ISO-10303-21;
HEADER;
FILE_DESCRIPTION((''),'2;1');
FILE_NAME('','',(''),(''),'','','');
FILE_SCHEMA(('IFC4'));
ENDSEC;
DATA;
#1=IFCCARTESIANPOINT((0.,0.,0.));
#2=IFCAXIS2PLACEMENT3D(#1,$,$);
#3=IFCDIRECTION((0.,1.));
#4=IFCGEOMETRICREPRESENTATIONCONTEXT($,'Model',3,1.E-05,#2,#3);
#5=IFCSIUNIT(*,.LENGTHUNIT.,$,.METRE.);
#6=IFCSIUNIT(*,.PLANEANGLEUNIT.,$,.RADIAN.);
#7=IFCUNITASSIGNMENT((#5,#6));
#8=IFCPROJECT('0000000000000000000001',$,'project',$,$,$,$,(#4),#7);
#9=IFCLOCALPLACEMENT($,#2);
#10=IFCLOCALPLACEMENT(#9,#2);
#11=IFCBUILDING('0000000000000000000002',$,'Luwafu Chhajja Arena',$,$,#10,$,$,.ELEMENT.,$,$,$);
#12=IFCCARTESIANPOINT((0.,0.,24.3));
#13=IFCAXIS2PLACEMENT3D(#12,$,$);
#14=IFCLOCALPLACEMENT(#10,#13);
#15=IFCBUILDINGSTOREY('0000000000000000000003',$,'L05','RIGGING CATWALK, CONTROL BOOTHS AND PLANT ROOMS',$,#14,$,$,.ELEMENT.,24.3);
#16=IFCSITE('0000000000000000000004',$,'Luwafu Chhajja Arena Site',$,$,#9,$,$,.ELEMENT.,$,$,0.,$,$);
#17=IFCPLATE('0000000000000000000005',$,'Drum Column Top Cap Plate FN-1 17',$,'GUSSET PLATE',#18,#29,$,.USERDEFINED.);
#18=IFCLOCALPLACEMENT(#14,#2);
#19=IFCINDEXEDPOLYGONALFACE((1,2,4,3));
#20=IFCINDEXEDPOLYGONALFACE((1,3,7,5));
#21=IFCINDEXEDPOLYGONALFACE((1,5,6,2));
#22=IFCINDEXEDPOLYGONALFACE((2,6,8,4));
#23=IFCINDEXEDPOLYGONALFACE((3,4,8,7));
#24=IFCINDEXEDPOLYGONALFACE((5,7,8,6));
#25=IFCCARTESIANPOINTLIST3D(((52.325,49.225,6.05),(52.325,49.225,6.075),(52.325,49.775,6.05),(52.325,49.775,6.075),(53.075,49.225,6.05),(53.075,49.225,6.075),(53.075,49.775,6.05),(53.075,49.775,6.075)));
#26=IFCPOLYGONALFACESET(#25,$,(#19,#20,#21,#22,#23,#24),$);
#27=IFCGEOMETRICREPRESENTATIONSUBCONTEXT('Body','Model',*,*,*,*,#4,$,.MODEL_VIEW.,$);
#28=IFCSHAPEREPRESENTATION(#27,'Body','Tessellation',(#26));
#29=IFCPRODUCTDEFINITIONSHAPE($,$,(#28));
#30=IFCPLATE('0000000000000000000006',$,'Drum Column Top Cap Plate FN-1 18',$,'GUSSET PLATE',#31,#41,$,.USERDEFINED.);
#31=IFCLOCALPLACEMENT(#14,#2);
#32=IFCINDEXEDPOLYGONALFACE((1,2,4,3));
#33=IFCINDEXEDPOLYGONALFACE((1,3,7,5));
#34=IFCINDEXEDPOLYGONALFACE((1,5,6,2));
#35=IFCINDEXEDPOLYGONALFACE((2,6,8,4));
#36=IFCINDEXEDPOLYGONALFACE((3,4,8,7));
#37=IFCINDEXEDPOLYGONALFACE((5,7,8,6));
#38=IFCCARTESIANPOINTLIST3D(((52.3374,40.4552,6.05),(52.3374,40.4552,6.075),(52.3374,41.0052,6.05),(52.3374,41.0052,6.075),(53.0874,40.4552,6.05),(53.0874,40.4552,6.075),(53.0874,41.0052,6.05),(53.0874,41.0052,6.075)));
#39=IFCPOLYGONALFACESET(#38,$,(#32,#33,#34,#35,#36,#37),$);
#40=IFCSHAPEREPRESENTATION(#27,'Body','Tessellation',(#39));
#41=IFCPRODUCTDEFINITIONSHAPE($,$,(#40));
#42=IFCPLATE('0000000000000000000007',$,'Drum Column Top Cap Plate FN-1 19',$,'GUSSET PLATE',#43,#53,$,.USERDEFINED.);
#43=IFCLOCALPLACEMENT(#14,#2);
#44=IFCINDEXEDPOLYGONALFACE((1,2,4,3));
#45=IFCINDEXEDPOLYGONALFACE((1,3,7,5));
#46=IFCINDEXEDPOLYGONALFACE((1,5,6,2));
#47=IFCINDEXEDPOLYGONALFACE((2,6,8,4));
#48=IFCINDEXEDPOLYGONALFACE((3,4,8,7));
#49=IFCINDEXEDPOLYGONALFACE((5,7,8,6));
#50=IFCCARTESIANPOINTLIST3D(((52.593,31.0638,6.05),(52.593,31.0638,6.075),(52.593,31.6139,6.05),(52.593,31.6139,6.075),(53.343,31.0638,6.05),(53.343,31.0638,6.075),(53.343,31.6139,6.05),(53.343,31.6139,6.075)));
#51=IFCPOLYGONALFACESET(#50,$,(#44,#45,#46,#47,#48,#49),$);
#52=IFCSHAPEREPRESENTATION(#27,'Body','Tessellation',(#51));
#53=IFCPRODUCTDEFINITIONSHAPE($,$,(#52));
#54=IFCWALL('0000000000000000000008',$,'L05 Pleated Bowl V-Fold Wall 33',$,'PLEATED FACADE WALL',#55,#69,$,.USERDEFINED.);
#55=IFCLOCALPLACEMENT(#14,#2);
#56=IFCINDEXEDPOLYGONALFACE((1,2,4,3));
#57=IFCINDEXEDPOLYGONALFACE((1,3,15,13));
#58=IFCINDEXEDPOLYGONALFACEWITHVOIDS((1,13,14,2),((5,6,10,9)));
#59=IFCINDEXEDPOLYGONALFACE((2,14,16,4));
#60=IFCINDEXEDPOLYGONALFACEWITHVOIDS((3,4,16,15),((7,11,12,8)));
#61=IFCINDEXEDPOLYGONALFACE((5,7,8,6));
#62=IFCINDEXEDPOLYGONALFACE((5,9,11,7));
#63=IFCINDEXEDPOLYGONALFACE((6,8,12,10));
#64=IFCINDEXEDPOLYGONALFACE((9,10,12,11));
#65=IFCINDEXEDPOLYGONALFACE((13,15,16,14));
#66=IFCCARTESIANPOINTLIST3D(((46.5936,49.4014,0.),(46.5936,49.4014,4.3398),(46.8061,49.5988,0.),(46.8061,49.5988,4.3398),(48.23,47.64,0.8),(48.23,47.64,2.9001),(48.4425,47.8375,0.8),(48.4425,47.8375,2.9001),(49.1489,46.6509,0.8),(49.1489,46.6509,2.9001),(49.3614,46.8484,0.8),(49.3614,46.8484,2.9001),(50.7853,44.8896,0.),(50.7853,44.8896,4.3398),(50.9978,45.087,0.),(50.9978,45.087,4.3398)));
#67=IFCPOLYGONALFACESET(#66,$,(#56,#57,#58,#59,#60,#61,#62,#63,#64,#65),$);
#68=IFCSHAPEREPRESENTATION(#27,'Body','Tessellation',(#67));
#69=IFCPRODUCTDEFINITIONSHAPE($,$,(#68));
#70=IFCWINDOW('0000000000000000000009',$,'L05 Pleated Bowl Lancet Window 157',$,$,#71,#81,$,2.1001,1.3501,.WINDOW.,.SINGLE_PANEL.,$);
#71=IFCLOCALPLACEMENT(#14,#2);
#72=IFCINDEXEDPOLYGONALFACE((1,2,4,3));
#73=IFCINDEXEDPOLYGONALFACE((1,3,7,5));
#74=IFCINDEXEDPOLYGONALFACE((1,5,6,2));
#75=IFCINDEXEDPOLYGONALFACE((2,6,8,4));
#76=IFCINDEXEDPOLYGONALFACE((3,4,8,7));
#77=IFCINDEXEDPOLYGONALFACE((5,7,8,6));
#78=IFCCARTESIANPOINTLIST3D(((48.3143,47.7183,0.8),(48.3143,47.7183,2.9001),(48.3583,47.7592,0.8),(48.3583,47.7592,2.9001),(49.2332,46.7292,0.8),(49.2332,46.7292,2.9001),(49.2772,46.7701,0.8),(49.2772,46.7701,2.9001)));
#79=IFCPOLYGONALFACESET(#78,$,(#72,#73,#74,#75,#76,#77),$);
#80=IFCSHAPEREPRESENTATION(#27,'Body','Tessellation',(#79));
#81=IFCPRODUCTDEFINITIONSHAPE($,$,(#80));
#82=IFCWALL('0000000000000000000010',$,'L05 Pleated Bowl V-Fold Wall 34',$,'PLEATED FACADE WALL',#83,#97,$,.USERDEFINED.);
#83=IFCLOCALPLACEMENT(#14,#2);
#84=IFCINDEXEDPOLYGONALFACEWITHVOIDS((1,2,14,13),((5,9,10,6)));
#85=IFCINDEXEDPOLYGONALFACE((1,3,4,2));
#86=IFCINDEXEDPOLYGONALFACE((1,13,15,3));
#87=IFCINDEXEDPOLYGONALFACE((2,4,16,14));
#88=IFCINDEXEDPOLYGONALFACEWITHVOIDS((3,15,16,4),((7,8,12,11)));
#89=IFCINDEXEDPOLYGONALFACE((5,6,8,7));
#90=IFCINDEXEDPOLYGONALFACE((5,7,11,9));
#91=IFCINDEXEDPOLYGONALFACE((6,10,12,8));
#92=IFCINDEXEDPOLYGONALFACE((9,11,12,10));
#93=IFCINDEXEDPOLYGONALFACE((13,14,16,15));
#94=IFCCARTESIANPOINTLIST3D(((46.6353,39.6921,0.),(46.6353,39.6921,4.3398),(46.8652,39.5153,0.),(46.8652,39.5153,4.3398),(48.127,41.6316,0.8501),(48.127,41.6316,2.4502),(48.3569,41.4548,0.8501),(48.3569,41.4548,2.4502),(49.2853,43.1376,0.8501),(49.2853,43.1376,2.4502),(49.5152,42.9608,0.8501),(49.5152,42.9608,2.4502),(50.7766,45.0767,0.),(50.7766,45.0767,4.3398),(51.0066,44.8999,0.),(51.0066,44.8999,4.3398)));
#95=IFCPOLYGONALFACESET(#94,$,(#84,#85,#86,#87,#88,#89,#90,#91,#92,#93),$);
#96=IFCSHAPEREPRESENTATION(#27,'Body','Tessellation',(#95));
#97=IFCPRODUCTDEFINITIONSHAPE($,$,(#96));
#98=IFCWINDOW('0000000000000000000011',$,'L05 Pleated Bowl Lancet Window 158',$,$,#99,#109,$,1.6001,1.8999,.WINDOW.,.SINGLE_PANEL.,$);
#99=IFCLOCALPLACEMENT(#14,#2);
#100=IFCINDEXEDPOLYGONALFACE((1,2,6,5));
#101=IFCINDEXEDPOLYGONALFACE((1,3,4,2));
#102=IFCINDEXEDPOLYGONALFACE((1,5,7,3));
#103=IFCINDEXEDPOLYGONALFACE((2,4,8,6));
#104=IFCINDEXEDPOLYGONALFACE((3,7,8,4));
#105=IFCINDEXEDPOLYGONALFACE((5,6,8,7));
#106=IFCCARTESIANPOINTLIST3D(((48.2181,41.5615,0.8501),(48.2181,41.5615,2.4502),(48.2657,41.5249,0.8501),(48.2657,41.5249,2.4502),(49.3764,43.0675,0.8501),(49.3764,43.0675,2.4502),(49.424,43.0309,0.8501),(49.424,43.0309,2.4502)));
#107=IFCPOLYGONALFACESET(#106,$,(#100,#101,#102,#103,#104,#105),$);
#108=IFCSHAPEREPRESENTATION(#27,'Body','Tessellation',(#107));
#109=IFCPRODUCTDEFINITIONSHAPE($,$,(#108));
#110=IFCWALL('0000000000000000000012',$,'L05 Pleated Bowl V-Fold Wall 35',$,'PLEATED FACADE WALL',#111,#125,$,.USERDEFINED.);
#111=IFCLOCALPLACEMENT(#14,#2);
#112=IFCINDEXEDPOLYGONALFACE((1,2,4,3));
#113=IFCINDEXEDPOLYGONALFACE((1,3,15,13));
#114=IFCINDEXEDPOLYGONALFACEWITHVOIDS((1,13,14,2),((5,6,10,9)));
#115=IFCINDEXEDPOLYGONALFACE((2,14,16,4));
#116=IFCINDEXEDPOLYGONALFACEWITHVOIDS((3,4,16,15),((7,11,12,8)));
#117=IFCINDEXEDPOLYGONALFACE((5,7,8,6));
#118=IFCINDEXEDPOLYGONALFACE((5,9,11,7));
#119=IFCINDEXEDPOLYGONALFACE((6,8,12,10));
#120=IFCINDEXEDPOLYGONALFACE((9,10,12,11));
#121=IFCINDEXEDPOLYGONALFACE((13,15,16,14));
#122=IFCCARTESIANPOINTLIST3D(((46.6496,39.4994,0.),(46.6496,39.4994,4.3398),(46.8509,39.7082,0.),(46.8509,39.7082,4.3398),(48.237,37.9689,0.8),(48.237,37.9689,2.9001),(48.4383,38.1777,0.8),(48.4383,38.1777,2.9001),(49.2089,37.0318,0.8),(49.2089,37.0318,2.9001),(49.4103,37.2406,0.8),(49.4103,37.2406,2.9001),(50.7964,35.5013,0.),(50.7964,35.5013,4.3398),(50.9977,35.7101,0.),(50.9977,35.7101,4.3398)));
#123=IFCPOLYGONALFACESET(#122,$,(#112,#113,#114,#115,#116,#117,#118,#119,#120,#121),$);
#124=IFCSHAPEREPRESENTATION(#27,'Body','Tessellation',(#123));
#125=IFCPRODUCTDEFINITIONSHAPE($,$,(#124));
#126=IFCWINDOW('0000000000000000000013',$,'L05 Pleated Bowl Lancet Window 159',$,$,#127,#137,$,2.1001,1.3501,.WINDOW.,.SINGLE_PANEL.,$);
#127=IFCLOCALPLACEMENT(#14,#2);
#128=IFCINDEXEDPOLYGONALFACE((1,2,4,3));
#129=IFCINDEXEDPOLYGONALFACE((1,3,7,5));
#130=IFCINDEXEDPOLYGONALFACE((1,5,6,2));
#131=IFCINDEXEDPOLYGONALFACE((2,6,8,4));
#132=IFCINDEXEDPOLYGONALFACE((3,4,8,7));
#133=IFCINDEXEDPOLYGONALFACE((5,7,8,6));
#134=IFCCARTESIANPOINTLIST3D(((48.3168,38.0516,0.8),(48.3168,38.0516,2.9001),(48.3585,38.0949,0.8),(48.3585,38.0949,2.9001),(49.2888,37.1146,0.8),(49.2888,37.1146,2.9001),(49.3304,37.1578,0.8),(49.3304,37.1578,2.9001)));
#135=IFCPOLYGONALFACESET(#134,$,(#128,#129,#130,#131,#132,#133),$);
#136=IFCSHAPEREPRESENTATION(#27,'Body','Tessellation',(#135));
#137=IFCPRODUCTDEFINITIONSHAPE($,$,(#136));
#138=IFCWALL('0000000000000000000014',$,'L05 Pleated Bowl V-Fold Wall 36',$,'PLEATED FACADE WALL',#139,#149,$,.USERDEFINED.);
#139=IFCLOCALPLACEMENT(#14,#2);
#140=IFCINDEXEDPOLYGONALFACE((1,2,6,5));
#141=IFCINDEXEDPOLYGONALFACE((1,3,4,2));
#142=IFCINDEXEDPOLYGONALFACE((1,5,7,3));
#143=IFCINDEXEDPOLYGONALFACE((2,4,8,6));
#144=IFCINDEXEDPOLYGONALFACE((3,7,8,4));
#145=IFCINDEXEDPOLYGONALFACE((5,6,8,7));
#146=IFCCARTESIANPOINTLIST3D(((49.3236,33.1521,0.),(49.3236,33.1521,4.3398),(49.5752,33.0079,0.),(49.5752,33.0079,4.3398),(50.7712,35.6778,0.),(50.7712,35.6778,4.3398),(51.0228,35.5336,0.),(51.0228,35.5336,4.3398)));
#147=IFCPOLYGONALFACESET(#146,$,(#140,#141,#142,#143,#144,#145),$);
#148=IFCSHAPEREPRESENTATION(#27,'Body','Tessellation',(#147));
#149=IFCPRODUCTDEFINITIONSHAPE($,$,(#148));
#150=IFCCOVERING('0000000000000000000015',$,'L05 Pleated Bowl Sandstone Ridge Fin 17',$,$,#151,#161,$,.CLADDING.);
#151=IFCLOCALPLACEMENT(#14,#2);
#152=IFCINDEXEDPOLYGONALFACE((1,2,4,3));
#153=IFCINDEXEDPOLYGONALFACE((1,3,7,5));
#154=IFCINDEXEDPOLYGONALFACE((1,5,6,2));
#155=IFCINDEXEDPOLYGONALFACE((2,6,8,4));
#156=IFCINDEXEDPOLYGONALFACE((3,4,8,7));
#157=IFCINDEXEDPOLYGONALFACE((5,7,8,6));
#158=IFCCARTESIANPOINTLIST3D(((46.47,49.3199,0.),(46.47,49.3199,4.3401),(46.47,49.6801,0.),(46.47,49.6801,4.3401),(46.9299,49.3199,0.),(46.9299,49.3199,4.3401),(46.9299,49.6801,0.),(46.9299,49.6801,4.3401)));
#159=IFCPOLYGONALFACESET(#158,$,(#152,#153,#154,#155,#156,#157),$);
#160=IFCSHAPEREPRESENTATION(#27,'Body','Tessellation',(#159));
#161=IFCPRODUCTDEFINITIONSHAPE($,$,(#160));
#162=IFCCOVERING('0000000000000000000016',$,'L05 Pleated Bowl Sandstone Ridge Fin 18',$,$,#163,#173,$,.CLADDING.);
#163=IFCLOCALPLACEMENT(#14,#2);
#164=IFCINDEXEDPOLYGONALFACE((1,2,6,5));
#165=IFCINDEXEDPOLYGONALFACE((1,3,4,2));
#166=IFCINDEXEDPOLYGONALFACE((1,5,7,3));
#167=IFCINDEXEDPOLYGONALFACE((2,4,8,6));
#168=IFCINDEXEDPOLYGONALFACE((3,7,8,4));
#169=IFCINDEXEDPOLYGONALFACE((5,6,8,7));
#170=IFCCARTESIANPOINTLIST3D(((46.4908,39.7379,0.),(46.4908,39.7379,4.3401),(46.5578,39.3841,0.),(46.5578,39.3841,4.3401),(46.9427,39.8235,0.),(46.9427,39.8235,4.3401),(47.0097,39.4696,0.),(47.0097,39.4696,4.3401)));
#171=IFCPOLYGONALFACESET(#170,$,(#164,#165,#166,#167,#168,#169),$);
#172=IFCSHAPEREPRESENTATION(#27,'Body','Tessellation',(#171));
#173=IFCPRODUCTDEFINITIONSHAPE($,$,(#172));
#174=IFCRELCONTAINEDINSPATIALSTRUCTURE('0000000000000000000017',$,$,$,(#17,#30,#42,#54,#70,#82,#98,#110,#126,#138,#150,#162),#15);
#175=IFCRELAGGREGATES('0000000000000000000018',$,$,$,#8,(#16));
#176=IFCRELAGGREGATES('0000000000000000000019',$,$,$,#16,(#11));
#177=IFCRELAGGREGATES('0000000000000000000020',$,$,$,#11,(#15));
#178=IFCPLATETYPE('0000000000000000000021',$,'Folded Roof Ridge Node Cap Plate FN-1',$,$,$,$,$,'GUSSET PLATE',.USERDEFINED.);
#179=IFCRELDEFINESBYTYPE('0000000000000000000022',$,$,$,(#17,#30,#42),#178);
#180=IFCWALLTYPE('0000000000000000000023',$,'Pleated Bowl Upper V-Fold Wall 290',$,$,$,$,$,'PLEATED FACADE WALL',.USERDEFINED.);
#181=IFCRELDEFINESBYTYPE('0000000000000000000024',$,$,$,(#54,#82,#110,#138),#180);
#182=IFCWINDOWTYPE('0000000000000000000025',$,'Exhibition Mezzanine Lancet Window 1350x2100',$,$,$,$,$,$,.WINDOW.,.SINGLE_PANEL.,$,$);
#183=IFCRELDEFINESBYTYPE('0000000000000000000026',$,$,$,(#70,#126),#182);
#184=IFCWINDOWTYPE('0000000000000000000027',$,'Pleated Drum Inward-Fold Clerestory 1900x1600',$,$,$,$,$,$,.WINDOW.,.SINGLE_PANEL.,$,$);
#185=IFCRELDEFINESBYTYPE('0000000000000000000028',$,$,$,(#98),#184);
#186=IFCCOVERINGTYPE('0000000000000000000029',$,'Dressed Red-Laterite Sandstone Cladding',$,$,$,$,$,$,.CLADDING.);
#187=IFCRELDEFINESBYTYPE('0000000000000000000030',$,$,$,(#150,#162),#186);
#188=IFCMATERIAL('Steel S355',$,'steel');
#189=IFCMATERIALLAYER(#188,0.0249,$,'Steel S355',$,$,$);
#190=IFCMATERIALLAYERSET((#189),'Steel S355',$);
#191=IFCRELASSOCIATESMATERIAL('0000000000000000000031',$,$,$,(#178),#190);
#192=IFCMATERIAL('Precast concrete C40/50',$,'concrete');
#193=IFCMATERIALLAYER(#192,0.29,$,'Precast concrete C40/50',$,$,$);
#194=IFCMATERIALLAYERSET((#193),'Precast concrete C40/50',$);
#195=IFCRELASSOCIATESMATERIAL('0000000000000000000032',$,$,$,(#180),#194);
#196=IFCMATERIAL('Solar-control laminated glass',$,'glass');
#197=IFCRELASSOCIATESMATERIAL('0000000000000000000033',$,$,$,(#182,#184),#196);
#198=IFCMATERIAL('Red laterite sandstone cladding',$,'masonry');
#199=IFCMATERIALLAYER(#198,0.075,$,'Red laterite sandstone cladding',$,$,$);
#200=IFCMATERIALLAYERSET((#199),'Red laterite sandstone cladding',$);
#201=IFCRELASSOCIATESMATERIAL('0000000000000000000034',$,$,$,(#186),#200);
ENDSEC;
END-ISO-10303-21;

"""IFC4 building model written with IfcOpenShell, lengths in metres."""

from ifc_helpers import new_model, si_unit, direction, frame, frame_2d, origin, origin_2d, place, context, subcontext, project, spatial, rectangle, extrude, material, layer, layer_set, type_object, element, fill, save


model = new_model("IFC4")

# Units and contexts
model_context = context("Model", 3, precision=1e-05, world=origin(), true_north=direction((0.0, 1.0)))
body_context = subcontext(model_context, "Body", "Model", "MODEL_VIEW")
ifc_project = project(units=[si_unit("LENGTHUNIT", "METRE"), si_unit("PLANEANGLEUNIT", "RADIAN")], contexts=[model_context])

# Site, building, storey
site_placement = place(None, origin())
site = spatial("IfcSite", under=ifc_project, at=site_placement, Name="Luwafu Chhajja Arena Site", CompositionType="ELEMENT", RefElevation=0.0)
building_placement = place(site_placement, origin())
building = spatial("IfcBuilding", under=site, at=building_placement, Name="Luwafu Chhajja Arena", CompositionType="ELEMENT")
storey_placement = place(building_placement, frame((0.0, 0.0, 24.3)))
storey = spatial("IfcBuildingStorey", under=building, at=storey_placement, Name="L05", Description="RIGGING CATWALK, CONTROL BOOTHS AND PLANT ROOMS", CompositionType="ELEMENT", Elevation=24.3)

# Shared definitions
ifc_material_1 = material(Name="Steel S355", Category="steel")

# Plates
ifc_layer_1 = layer(ifc_material_1, 0.0249, Name="Steel S355")
ifc_layer_set_1 = layer_set([ifc_layer_1], Name="Steel S355")
plate_type = type_object("IfcPlateType", Name="Folded Roof Ridge Node Cap Plate FN-1", ElementType="GUSSET PLATE", PredefinedType="USERDEFINED", material=ifc_layer_set_1)
for number, where, z_axis, x_axis, name in (
    (1, (52.7, 49.5, 6.05), (0.0, 0.0, 1.0), (1.0, 0.0, 0.0), "Drum Column Top Cap Plate FN-1 17"),
    (2, (52.7124, 40.7302, 6.05), (0.0, 0.0, 1.0), (1.0, 0.0, 0.0), "Drum Column Top Cap Plate FN-1 18"),
    (3, (52.968, 31.3389, 6.05), (0.0, 0.0, 1.0), (1.0, 0.0, 0.0), "Drum Column Top Cap Plate FN-1 19"),
):
    element("IfcPlate", number, at=place(storey_placement, frame(where, z_axis=z_axis, x_axis=x_axis)), inside=storey, type_object=plate_type, Name=name, ObjectType="GUSSET PLATE", PredefinedType="USERDEFINED", context=body_context, shape_type="SweptSolid", body=[
        extrude(rectangle(XDim=0.75, YDim=0.55, at=origin_2d()), origin(), (0.0, 0.0, 1.0), 0.0249),
    ])

# Walls, openings, windows
ifc_material_2 = material(Name="Precast concrete C40/50", Category="concrete")
ifc_layer_2 = layer(ifc_material_2, 0.29, Name="Precast concrete C40/50")
ifc_layer_set_2 = layer_set([ifc_layer_2], Name="Precast concrete C40/50")
wall_type = type_object("IfcWallType", Name="Pleated Bowl Upper V-Fold Wall 290", ElementType="PLEATED FACADE WALL", PredefinedType="USERDEFINED", material=ifc_layer_set_2)
wall_1_placement = place(storey_placement, frame((46.7, 49.5, 0.0), z_axis=(0.0, 0.0, 1.0), x_axis=(0.680643, -0.732616, 0.0)))
wall_1 = element("IfcWall", 4, at=wall_1_placement, inside=storey, type_object=wall_type, Name="L05 Pleated Bowl V-Fold Wall 33", ObjectType="PLEATED FACADE WALL", PredefinedType="USERDEFINED", context=body_context, shape_type="SweptSolid", body=[
    extrude(rectangle(XDim=6.1584, YDim=0.29, at=frame_2d((3.0791, 0.0))), origin(), (0.0, 0.0, 1.0), 4.3398),
])
opening_1_placement = place(wall_1_placement, frame((2.4041, 0.0, 0.8)))
opening_1 = element("IfcOpeningElement", 5, at=opening_1_placement, cuts=wall_1, PredefinedType="OPENING", context=body_context, shape_type="SweptSolid", body=[
    extrude(rectangle(XDim=1.3501, YDim=2.1001, at=frame_2d((0.675, 1.05))), frame((0.0, 0.155, 0.0), z_axis=(0.0, -1.0, 0.0), x_axis=(1.0, 0.0, 0.0)), (0.0, 0.0, 1.0), 0.3101),
])
ifc_material_3 = material(Name="Solar-control laminated glass", Category="glass")
window_type_1 = type_object("IfcWindowType", Name="Exhibition Mezzanine Lancet Window 1350x2100", PartitioningType="SINGLE_PANEL", PredefinedType="WINDOW", material=ifc_material_3)
window_1_placement = place(opening_1_placement, origin())
window_1 = element("IfcWindow", 6, at=window_1_placement, inside=storey, type_object=window_type_1, Name="L05 Pleated Bowl Lancet Window 157", OverallHeight=2.1001, OverallWidth=1.3501, PartitioningType="SINGLE_PANEL", PredefinedType="WINDOW", context=body_context, shape_type="SweptSolid", body=[
    extrude(rectangle(XDim=1.3501, YDim=2.1001, at=frame_2d((0.675, 1.05))), frame((0.0, 0.03, 0.0), z_axis=(0.0, -1.0, 0.0), x_axis=(1.0, 0.0, 0.0)), (0.0, 0.0, 1.0), 0.0601),
])
fill(opening_1, window_1)
wall_2_placement = place(storey_placement, frame((50.8916, 44.9883, 0.0), z_axis=(0.0, 0.0, 1.0), x_axis=(-0.609657, -0.792665, 0.0)))
wall_2 = element("IfcWall", 7, at=wall_2_placement, inside=storey, type_object=wall_type, Name="L05 Pleated Bowl V-Fold Wall 34", ObjectType="PLEATED FACADE WALL", PredefinedType="USERDEFINED", context=body_context, shape_type="SweptSolid", body=[
    extrude(rectangle(XDim=6.793, YDim=0.29, at=frame_2d((3.3965, 0.0))), origin(), (0.0, 0.0, 1.0), 4.3398),
])
opening_2_placement = place(wall_2_placement, frame((2.4463, 0.0, 0.8501)))
opening_2 = element("IfcOpeningElement", 8, at=opening_2_placement, cuts=wall_2, PredefinedType="OPENING", context=body_context, shape_type="SweptSolid", body=[
    extrude(rectangle(XDim=1.8999, YDim=1.6001, at=frame_2d((0.95, 0.8))), frame((0.0, 0.155, 0.0), z_axis=(0.0, -1.0, 0.0), x_axis=(1.0, 0.0, 0.0)), (0.0, 0.0, 1.0), 0.3101),
])
window_type_2 = type_object("IfcWindowType", Name="Pleated Drum Inward-Fold Clerestory 1900x1600", PartitioningType="SINGLE_PANEL", PredefinedType="WINDOW", material=ifc_material_3)
window_2_placement = place(opening_2_placement, origin())
window_2 = element("IfcWindow", 9, at=window_2_placement, inside=storey, type_object=window_type_2, Name="L05 Pleated Bowl Lancet Window 158", OverallHeight=1.6001, OverallWidth=1.8999, PartitioningType="SINGLE_PANEL", PredefinedType="WINDOW", context=body_context, shape_type="SweptSolid", body=[
    extrude(rectangle(XDim=1.8999, YDim=1.6001, at=frame_2d((0.95, 0.8))), frame((0.0, 0.03, 0.0), z_axis=(0.0, -1.0, 0.0), x_axis=(1.0, 0.0, 0.0)), (0.0, 0.0, 1.0), 0.0601),
])
fill(opening_2, window_2)
wall_3_placement = place(storey_placement, frame((46.7502, 39.6038, 0.0), z_axis=(0.0, 0.0, 1.0), x_axis=(0.719895, -0.694083, 0.0)))
wall_3 = element("IfcWall", 10, at=wall_3_placement, inside=storey, type_object=wall_type, Name="L05 Pleated Bowl V-Fold Wall 35", ObjectType="PLEATED FACADE WALL", PredefinedType="USERDEFINED", context=body_context, shape_type="SweptSolid", body=[
    extrude(rectangle(XDim=5.7603, YDim=0.29, at=frame_2d((2.8801, 0.0))), origin(), (0.0, 0.0, 1.0), 4.3398),
])
opening_3_placement = place(wall_3_placement, frame((2.2051, 0.0, 0.8)))
opening_3 = element("IfcOpeningElement", 11, at=opening_3_placement, cuts=wall_3, PredefinedType="OPENING", context=body_context, shape_type="SweptSolid", body=[
    extrude(rectangle(XDim=1.3501, YDim=2.1001, at=frame_2d((0.675, 1.05))), frame((0.0, 0.155, 0.0), z_axis=(0.0, -1.0, 0.0), x_axis=(1.0, 0.0, 0.0)), (0.0, 0.0, 1.0), 0.3101),
])
window_3_placement = place(opening_3_placement, origin())
window_3 = element("IfcWindow", 12, at=window_3_placement, inside=storey, type_object=window_type_1, Name="L05 Pleated Bowl Lancet Window 159", OverallHeight=2.1001, OverallWidth=1.3501, PartitioningType="SINGLE_PANEL", PredefinedType="WINDOW", context=body_context, shape_type="SweptSolid", body=[
    extrude(rectangle(XDim=1.3501, YDim=2.1001, at=frame_2d((0.675, 1.05))), frame((0.0, 0.03, 0.0), z_axis=(0.0, -1.0, 0.0), x_axis=(1.0, 0.0, 0.0)), (0.0, 0.0, 1.0), 0.0601),
])
fill(opening_3, window_3)

# Wall
wall_4_placement = place(storey_placement, frame((50.897, 35.6057, 0.0), z_axis=(0.0, 0.0, 1.0), x_axis=(-0.497249, -0.867608, 0.0)))
element("IfcWall", 13, at=wall_4_placement, inside=storey, type_object=wall_type, Name="L05 Pleated Bowl V-Fold Wall 36", ObjectType="PLEATED FACADE WALL", PredefinedType="USERDEFINED", context=body_context, shape_type="SweptSolid", body=[
    extrude(rectangle(XDim=2.9111, YDim=0.29, at=frame_2d((1.4556, 0.0))), origin(), (0.0, 0.0, 1.0), 4.3398),
])

# Coverings
ifc_material_4 = material(Name="Red laterite sandstone cladding", Category="masonry")
ifc_layer_3 = layer(ifc_material_4, 0.075, Name="Red laterite sandstone cladding")
ifc_layer_set_3 = layer_set([ifc_layer_3], Name="Red laterite sandstone cladding")
covering_type = type_object("IfcCoveringType", Name="Dressed Red-Laterite Sandstone Cladding", PredefinedType="CLADDING", material=ifc_layer_set_3)
for number, where, z_axis, x_axis, name in (
    (14, (46.7, 49.5, 0.0), (0.0, 0.0, 1.0), (-1.0, 0.0, 0.0), "L05 Pleated Bowl Sandstone Ridge Fin 17"),
    (15, (46.7502, 39.6038, 0.0), (0.0, 0.0, 1.0), (-0.982532, -0.186093, 0.0), "L05 Pleated Bowl Sandstone Ridge Fin 18"),
):
    element("IfcCovering", number, at=place(storey_placement, frame(where, z_axis=z_axis, x_axis=x_axis)), inside=storey, type_object=covering_type, Name=name, PredefinedType="CLADDING", context=body_context, shape_type="SweptSolid", body=[
        extrude(rectangle(XDim=0.46, YDim=0.3601, at=origin_2d()), origin(), (0.0, 0.0, 1.0), 4.3401),
    ])

save(model, "model.ifc")
